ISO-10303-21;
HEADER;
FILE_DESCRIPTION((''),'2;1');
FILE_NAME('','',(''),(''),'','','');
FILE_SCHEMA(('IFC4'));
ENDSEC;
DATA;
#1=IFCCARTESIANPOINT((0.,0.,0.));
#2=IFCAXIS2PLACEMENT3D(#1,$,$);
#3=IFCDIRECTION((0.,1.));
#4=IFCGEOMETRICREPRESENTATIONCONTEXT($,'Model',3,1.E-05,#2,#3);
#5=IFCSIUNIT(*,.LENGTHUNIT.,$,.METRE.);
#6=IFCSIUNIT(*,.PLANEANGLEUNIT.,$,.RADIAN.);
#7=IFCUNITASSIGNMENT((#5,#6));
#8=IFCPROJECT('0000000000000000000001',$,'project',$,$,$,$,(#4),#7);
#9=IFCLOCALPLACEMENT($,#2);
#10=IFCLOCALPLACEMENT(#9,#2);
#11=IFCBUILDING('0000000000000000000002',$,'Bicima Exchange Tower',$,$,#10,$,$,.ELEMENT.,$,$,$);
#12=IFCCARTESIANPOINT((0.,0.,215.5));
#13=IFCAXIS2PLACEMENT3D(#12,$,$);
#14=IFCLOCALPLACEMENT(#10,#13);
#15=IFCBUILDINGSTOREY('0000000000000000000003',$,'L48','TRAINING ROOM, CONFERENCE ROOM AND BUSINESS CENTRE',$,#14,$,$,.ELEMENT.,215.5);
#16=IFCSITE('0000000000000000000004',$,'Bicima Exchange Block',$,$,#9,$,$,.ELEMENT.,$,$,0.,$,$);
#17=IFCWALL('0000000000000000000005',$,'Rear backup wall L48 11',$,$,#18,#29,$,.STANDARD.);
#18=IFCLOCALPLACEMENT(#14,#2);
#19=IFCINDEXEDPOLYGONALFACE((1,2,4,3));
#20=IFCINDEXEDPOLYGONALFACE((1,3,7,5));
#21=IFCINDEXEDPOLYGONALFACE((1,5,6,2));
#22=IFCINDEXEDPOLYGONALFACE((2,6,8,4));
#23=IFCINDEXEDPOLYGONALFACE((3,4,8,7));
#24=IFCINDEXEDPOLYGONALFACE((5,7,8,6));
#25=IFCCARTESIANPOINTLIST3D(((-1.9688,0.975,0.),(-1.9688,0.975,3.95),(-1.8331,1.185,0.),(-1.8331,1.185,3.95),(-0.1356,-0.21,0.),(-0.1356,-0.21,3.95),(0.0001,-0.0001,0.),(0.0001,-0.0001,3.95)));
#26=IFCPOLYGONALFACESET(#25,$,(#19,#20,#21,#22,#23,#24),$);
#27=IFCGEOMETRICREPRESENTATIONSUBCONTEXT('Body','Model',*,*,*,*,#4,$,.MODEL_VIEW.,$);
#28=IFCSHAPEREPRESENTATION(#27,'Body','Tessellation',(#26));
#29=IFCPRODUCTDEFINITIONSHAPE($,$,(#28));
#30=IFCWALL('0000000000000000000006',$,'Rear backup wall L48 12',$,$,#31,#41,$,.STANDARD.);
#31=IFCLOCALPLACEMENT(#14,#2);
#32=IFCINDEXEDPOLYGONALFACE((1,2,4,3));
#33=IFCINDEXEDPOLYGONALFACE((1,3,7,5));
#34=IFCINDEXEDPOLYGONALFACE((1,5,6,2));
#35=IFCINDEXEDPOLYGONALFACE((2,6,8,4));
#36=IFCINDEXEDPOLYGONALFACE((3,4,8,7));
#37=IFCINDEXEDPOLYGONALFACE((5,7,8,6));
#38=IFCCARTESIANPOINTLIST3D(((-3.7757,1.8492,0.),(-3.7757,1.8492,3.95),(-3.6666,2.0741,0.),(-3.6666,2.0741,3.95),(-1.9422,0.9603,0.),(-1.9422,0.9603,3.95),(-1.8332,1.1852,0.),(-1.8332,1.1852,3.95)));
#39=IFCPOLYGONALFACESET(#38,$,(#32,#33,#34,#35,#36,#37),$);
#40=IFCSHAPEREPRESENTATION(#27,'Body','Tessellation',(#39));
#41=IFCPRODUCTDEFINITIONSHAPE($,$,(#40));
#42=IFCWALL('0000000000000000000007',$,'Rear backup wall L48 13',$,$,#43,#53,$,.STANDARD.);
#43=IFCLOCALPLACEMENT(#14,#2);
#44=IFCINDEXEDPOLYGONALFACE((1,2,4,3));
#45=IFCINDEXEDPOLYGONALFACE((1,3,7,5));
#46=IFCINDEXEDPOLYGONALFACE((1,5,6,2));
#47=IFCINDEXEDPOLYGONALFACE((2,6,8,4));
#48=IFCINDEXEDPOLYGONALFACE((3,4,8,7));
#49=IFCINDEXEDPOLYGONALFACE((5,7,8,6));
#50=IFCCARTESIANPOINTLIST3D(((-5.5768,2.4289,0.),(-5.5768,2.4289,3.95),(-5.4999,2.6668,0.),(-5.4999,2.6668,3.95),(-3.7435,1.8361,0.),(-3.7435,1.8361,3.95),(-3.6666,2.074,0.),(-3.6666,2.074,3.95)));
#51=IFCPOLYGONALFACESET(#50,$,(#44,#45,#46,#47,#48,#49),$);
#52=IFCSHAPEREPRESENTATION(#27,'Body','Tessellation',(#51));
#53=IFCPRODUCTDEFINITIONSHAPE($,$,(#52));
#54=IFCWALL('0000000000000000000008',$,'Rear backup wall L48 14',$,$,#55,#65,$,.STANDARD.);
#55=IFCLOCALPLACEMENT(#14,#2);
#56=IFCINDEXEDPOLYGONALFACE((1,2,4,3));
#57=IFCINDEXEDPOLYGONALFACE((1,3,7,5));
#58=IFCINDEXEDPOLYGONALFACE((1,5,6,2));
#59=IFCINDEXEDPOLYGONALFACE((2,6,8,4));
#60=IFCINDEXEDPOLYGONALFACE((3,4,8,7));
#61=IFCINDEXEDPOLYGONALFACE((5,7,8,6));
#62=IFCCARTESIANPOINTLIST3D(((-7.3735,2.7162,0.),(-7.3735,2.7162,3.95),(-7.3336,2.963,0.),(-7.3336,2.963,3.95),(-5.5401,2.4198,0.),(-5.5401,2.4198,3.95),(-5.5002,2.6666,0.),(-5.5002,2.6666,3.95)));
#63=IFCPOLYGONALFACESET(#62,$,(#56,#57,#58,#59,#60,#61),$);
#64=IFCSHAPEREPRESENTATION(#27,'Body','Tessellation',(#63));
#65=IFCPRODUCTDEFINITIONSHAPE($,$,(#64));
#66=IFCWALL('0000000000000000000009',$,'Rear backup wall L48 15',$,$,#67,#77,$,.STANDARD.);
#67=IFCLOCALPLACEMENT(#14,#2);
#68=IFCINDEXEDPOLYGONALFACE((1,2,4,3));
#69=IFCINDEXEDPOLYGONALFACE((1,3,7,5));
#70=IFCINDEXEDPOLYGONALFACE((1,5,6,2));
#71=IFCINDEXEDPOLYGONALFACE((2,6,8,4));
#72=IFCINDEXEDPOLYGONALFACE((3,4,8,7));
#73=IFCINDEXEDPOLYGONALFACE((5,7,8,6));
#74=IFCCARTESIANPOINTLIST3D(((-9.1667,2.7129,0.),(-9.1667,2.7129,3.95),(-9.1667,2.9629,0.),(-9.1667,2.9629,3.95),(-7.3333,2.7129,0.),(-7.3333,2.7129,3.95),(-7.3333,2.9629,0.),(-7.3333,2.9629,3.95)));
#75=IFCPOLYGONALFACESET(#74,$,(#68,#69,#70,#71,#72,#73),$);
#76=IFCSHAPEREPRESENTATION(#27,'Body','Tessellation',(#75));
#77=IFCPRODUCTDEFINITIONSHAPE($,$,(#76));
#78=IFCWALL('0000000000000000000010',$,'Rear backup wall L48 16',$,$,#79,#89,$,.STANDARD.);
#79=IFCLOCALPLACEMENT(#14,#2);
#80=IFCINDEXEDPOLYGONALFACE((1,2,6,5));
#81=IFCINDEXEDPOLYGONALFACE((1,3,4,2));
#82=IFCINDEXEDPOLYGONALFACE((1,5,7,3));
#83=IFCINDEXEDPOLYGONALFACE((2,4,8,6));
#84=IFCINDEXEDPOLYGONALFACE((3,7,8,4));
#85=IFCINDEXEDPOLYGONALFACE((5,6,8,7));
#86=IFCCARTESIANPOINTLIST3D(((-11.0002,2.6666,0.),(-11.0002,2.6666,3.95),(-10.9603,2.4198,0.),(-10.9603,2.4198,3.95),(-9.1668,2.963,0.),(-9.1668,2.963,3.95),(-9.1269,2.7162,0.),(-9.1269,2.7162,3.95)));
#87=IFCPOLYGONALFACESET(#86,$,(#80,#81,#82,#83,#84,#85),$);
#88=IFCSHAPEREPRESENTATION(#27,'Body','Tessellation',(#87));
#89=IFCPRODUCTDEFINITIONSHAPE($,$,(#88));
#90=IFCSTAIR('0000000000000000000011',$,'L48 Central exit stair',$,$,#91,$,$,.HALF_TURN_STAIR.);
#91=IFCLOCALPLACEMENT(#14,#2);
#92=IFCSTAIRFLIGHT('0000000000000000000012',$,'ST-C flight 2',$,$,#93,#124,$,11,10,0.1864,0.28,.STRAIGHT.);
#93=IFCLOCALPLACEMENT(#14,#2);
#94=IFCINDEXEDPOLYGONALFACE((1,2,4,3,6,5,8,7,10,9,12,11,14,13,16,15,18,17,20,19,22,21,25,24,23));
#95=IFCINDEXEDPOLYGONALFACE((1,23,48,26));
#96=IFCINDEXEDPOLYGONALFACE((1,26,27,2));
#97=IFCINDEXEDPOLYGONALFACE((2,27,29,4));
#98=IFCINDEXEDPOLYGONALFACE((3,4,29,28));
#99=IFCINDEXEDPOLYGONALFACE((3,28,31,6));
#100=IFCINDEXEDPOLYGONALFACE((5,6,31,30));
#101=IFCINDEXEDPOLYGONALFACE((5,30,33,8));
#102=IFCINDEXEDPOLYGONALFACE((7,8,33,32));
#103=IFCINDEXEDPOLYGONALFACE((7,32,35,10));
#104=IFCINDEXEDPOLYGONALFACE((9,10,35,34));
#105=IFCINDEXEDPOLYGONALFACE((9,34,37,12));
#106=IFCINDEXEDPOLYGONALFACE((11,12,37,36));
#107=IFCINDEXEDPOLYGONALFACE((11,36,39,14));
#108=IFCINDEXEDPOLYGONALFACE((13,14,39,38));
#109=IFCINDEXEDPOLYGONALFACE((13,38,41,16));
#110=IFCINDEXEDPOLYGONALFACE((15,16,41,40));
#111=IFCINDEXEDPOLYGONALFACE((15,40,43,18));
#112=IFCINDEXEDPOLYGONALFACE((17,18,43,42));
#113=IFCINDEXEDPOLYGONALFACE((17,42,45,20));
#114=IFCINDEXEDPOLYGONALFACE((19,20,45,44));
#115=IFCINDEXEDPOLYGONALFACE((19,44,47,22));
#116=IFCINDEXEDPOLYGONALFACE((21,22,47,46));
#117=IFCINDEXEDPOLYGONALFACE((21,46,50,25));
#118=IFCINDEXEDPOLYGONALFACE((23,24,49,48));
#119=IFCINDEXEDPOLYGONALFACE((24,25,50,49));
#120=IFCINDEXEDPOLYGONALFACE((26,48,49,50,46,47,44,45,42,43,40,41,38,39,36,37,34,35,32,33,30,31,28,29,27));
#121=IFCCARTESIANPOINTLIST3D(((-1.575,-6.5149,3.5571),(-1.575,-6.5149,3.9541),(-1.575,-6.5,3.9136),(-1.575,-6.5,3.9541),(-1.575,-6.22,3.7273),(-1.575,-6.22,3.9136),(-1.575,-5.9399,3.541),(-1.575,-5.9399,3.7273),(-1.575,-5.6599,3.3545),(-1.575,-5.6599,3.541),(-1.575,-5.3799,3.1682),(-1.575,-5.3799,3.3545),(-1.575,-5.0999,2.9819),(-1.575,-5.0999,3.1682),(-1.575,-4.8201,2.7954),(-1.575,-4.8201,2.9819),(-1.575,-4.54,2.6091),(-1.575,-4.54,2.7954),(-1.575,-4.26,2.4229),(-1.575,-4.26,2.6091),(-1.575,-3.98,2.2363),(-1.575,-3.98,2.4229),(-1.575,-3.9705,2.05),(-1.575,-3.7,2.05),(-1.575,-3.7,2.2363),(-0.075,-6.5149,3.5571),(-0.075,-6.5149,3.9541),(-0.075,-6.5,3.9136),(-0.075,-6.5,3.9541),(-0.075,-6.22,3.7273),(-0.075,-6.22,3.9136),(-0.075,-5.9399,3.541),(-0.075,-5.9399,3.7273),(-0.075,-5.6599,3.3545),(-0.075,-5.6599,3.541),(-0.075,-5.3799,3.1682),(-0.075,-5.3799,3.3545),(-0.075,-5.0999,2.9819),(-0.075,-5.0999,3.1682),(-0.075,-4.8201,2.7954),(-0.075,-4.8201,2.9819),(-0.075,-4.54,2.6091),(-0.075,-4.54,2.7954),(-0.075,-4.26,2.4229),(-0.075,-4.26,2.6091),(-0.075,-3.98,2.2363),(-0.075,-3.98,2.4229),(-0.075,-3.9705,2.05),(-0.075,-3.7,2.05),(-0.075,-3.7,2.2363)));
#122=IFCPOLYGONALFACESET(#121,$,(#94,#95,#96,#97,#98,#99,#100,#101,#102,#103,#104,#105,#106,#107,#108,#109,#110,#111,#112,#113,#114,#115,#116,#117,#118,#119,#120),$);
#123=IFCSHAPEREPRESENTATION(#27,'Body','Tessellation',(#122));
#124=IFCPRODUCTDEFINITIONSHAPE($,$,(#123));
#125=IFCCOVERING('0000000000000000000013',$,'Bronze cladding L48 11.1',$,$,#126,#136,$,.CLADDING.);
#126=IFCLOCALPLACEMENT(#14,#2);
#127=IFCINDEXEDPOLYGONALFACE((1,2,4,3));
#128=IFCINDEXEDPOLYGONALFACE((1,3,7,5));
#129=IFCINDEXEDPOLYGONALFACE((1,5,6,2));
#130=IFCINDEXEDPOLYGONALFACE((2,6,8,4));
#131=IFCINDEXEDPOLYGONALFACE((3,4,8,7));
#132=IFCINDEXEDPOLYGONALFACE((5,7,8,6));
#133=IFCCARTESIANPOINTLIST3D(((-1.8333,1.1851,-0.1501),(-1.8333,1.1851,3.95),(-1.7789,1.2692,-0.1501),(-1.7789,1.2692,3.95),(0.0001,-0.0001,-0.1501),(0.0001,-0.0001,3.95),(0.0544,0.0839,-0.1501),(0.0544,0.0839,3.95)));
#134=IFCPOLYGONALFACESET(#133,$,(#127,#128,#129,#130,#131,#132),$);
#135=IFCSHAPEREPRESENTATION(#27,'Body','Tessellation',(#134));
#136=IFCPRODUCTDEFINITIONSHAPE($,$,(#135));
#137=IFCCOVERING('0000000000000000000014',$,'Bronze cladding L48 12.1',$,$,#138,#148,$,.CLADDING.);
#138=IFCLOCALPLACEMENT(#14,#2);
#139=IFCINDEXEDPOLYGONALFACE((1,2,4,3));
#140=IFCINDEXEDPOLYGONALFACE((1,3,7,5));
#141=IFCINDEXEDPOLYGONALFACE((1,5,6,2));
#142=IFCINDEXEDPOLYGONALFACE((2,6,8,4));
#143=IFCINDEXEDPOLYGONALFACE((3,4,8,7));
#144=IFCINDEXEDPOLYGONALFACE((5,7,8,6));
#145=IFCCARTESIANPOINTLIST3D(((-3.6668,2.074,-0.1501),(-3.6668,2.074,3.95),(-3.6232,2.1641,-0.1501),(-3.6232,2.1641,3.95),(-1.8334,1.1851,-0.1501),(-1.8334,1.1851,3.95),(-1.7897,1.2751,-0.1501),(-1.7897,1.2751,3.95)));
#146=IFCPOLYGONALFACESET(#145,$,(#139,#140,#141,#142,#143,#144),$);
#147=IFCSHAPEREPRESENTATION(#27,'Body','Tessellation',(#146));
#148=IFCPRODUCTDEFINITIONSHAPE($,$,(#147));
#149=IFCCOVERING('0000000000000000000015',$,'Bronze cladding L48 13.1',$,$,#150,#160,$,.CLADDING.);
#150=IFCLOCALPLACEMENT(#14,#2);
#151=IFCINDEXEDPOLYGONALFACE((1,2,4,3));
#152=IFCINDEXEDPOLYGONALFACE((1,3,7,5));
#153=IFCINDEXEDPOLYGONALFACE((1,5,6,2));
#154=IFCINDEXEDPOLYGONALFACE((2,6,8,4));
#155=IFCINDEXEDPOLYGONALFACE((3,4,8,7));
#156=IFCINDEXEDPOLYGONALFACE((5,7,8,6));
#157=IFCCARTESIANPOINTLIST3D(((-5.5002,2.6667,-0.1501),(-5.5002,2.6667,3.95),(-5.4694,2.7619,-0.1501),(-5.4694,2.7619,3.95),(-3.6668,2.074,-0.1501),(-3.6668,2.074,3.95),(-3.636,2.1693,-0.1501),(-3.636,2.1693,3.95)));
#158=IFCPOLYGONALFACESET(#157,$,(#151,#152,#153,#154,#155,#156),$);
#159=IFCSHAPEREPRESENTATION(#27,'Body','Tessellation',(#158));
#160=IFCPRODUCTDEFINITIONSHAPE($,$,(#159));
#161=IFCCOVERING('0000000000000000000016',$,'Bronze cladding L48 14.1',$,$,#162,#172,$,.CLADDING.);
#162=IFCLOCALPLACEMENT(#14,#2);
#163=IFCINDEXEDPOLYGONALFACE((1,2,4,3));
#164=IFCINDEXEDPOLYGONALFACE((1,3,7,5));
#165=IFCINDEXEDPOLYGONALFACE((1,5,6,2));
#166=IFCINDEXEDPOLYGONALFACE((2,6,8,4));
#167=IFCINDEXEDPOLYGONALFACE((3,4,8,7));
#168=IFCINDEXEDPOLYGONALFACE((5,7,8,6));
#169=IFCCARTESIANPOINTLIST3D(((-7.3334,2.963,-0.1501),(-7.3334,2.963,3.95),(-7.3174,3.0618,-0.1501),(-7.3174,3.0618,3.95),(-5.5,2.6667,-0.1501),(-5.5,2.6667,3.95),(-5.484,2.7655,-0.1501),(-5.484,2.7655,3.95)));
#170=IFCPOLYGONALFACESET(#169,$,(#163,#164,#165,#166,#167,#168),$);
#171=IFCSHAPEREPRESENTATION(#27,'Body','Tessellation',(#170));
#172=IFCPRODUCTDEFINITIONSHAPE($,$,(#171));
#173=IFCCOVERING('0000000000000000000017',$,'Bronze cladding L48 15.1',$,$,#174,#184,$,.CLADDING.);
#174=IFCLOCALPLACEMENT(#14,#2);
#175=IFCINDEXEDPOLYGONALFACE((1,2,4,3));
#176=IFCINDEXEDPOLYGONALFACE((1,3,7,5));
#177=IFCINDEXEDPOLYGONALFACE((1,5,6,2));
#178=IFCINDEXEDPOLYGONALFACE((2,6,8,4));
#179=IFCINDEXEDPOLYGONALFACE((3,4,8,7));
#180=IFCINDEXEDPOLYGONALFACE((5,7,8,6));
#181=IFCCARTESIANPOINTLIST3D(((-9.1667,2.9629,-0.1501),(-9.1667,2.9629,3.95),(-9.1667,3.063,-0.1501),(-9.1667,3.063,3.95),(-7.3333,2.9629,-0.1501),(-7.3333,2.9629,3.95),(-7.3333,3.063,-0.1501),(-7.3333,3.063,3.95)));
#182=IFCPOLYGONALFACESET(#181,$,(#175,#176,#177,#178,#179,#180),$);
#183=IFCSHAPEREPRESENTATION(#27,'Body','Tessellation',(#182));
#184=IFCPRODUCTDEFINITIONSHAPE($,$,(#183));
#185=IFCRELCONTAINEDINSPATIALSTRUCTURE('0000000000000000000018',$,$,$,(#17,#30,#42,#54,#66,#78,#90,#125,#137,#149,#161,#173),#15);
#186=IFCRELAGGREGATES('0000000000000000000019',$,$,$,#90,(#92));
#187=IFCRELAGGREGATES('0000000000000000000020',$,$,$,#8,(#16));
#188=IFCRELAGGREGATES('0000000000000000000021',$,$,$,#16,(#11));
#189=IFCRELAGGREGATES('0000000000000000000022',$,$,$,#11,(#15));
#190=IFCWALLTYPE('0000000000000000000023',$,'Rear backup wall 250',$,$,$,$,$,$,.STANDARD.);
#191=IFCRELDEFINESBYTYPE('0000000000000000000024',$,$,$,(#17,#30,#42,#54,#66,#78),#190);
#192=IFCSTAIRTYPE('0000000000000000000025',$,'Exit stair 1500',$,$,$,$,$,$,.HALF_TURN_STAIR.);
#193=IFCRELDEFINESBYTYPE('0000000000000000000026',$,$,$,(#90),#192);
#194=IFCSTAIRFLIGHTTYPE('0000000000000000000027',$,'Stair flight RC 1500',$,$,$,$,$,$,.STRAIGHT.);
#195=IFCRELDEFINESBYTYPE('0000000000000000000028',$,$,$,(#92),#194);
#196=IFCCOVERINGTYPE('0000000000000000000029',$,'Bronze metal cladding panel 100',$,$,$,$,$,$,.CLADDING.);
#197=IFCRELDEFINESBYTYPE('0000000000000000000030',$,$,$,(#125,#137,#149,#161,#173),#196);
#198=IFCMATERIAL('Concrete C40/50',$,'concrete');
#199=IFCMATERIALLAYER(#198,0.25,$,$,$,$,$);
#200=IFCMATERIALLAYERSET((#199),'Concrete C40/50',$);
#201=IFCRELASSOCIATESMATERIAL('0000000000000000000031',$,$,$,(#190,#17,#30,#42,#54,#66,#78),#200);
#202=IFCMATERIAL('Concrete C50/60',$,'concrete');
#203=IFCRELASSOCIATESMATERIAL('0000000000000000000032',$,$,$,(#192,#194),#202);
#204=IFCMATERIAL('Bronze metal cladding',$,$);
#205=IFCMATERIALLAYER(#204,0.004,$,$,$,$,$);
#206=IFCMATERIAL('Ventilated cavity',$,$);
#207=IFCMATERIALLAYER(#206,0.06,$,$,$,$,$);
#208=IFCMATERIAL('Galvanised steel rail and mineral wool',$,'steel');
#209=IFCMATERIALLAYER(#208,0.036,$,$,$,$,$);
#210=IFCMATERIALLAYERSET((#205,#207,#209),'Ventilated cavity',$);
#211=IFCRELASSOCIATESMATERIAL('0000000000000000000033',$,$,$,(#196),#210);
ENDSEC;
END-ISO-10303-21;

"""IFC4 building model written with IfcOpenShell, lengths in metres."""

from ifc_helpers import new_model, si_unit, direction, frame, frame_2d, origin, origin_2d, place, context, subcontext, project, spatial, polyline, rectangle, outline, extrude, material, layer, layer_set, layer_usage, type_object, element, aggregate, save


model = new_model("IFC4")

# Units and contexts
model_context = context("Model", 3, precision=1e-05, world=origin(), true_north=direction((0.0, 1.0)))
body_context = subcontext(model_context, "Body", "Model", "MODEL_VIEW")
ifc_project = project(units=[si_unit("LENGTHUNIT", "METRE"), si_unit("PLANEANGLEUNIT", "RADIAN")], contexts=[model_context])

# Site, building, storey
site_placement = place(None, origin())
site = spatial("IfcSite", under=ifc_project, at=site_placement, Name="Bicima Exchange Block", CompositionType="ELEMENT", RefElevation=0.0)
building_placement = place(site_placement, origin())
building = spatial("IfcBuilding", under=site, at=building_placement, Name="Bicima Exchange Tower", CompositionType="ELEMENT")
storey_placement = place(building_placement, frame((0.0, 0.0, 215.5)))
storey = spatial("IfcBuildingStorey", under=building, at=storey_placement, Name="L48", Description="TRAINING ROOM, CONFERENCE ROOM AND BUSINESS CENTRE", CompositionType="ELEMENT", Elevation=215.5)

# Shared definitions
ifc_material_1 = material(Name="Concrete C50/60", Category="concrete")

# Walls
ifc_material_2 = material(Name="Concrete C40/50", Category="concrete")
ifc_layer_1 = layer(ifc_material_2, 0.25)
ifc_layer_set_1 = layer_set([ifc_layer_1], Name="Concrete C40/50")
ifc_layer_usage = layer_usage(ifc_layer_set_1, "AXIS2", "POSITIVE", -0.125)
wall_type_1 = type_object("IfcWallType", Name="Rear backup wall 250", PredefinedType="STANDARD", material=ifc_layer_set_1)
wall_1_placement = place(storey_placement, frame((-0.0679, -0.105, 0.0), z_axis=(0.0, 0.0, 1.0), x_axis=(-0.839813, 0.542876, 0.0)))
element("IfcWall", 1, at=wall_1_placement, inside=storey, type_object=wall_type_1, material=ifc_layer_usage, Name="Rear backup wall L48 11", PredefinedType="STANDARD", context=body_context, shape_type="SweptSolid", body=[
    extrude(rectangle(XDim=2.1829, YDim=0.25, at=frame_2d((1.0913, 0.0))), origin(), (0.0, 0.0, 1.0), 3.95),
])
wall_2_placement = place(storey_placement, frame((-1.8877, 1.0728, 0.0), z_axis=(0.0, 0.0, 1.0), x_axis=(-0.899824, 0.436253, 0.0)))
element("IfcWall", 2, at=wall_2_placement, inside=storey, type_object=wall_type_1, material=ifc_layer_usage, Name="Rear backup wall L48 12", PredefinedType="STANDARD", context=body_context, shape_type="SweptSolid", body=[
    extrude(rectangle(XDim=2.0376, YDim=0.25, at=frame_2d((1.0188, 0.0))), origin(), (0.0, 0.0, 1.0), 3.95),
])
wall_3_placement = place(storey_placement, frame((-3.7051, 1.9551, 0.0), z_axis=(0.0, 0.0, 1.0), x_axis=(-0.951496, 0.307662, 0.0)))
element("IfcWall", 3, at=wall_3_placement, inside=storey, type_object=wall_type_1, material=ifc_layer_usage, Name="Rear backup wall L48 13", PredefinedType="STANDARD", context=body_context, shape_type="SweptSolid", body=[
    extrude(rectangle(XDim=1.9268, YDim=0.25, at=frame_2d((0.9634, 0.0))), origin(), (0.0, 0.0, 1.0), 3.95),
])
wall_4_placement = place(storey_placement, frame((-5.52, 2.5432, 0.0), z_axis=(0.0, 0.0, 1.0), x_axis=(-0.987182, 0.1596, 0.0)))
element("IfcWall", 4, at=wall_4_placement, inside=storey, type_object=wall_type_1, material=ifc_layer_usage, Name="Rear backup wall L48 14", PredefinedType="STANDARD", context=body_context, shape_type="SweptSolid", body=[
    extrude(rectangle(XDim=1.8572, YDim=0.25, at=frame_2d((0.9287, 0.0))), origin(), (0.0, 0.0, 1.0), 3.95),
])
wall_5_placement = place(storey_placement, frame((-7.3333, 2.8379, 0.0), z_axis=(0.0, 0.0, 1.0), x_axis=(-1.0, 0.0, 0.0)))
element("IfcWall", 5, at=wall_5_placement, inside=storey, type_object=wall_type_1, material=ifc_layer_usage, Name="Rear backup wall L48 15", PredefinedType="STANDARD", context=body_context, shape_type="SweptSolid", body=[
    extrude(rectangle(XDim=1.8335, YDim=0.25, at=frame_2d((0.9167, 0.0))), origin(), (0.0, 0.0, 1.0), 3.95),
])
wall_6_placement = place(storey_placement, frame((-9.1467, 2.8396, 0.0), z_axis=(0.0, 0.0, 1.0), x_axis=(-0.987182, -0.1596, 0.0)))
element("IfcWall", 6, at=wall_6_placement, inside=storey, type_object=wall_type_1, material=ifc_layer_usage, Name="Rear backup wall L48 16", PredefinedType="STANDARD", context=body_context, shape_type="SweptSolid", body=[
    extrude(rectangle(XDim=1.8572, YDim=0.25, at=frame_2d((0.9287, 0.0))), origin(), (0.0, 0.0, 1.0), 3.95),
])

# Stair, stair flight
stair_type = type_object("IfcStairType", Name="Exit stair 1500", PredefinedType="HALF_TURN_STAIR", material=ifc_material_1)
stair_placement = place(storey_placement, origin())
stair = element("IfcStair", 7, at=stair_placement, inside=storey, type_object=stair_type, Name="L48 Central exit stair", PredefinedType="HALF_TURN_STAIR")
stair_flight_type = type_object("IfcStairFlightType", Name="Stair flight RC 1500", PredefinedType="STRAIGHT", material=ifc_material_1)
stair_flight_placement = place(storey_placement, frame((-0.825, -3.7, 2.05), z_axis=(0.0, 0.0, 1.0), x_axis=(0.0, -1.0, 0.0)))
stair_flight = element("IfcStairFlight", 8, at=stair_flight_placement, type_object=stair_flight_type, Name="ST-C flight 2", NumberOfRisers=11, NumberOfTreads=10, PredefinedType="STRAIGHT", RiserHeight=0.1864, TreadLength=0.28, context=body_context, shape_type="SweptSolid", body=[
    extrude(outline(polyline([(0.0, 0.0), (0.0, 0.1863), (0.28, 0.1863), (0.28, 0.3728), (0.5601, 0.3728), (0.5601, 0.5591), (0.8401, 0.5591), (0.8401, 0.7454), (1.1201, 0.7454), (1.1201, 0.9319), (1.3999, 0.9319), (1.3999, 1.1182), (1.6799, 1.1182), (1.6799, 1.3044), (1.96, 1.3044), (1.96, 1.491), (2.24, 1.491), (2.24, 1.6772), (2.52, 1.6772), (2.52, 1.8635), (2.8, 1.8635), (2.8, 1.9041), (2.8149, 1.9041), (2.8149, 1.5071), (0.2705, 0.0), (0.0, 0.0)])), frame((0.0, 0.75, 0.0), z_axis=(0.0, -1.0, 0.0), x_axis=(1.0, 0.0, 0.0)), (0.0, 0.0, 1.0), 1.5),
])
aggregate(stair, [stair_flight])

# Coverings
ifc_material_3 = material(Name="Bronze metal cladding")
ifc_layer_2 = layer(ifc_material_3, 0.004)
ifc_material_4 = material(Name="Ventilated cavity")
ifc_layer_3 = layer(ifc_material_4, 0.06)
ifc_material_5 = material(Name="Galvanised steel rail and mineral wool", Category="steel")
ifc_layer_4 = layer(ifc_material_5, 0.036)
ifc_layer_set_2 = layer_set([ifc_layer_2, ifc_layer_3, ifc_layer_4], Name="Ventilated cavity")
covering_type = type_object("IfcCoveringType", Name="Bronze metal cladding panel 100", PredefinedType="CLADDING", material=ifc_layer_set_2)
covering_1_placement = place(storey_placement, frame((-0.8894, 0.6345, -0.1501), z_axis=(0.0, 0.0, 1.0), x_axis=(-0.83979, 0.542911, 0.0)))
element("IfcCovering", 9, at=covering_1_placement, inside=storey, type_object=covering_type, Name="Bronze cladding L48 11.1", PredefinedType="CLADDING", context=body_context, shape_type="SweptSolid", body=[
    extrude(rectangle(XDim=2.1831, YDim=0.1001, at=origin_2d()), origin(), (0.0, 0.0, 1.0), 4.1001),
])
covering_2_placement = place(storey_placement, frame((-2.7283, 1.6746, -0.1501), z_axis=(0.0, 0.0, 1.0), x_axis=(-0.899818, 0.436265, 0.0)))
element("IfcCovering", 10, at=covering_2_placement, inside=storey, type_object=covering_type, Name="Bronze cladding L48 12.1", PredefinedType="CLADDING", context=body_context, shape_type="SweptSolid", body=[
    extrude(rectangle(XDim=2.0376, YDim=0.1001, at=origin_2d()), origin(), (0.0, 0.0, 1.0), 4.1001),
])
covering_3_placement = place(storey_placement, frame((-4.5681, 2.418, -0.1501), z_axis=(0.0, 0.0, 1.0), x_axis=(-0.951525, 0.307573, 0.0)))
element("IfcCovering", 11, at=covering_3_placement, inside=storey, type_object=covering_type, Name="Bronze cladding L48 13.1", PredefinedType="CLADDING", context=body_context, shape_type="SweptSolid", body=[
    extrude(rectangle(XDim=1.9268, YDim=0.1001, at=origin_2d()), origin(), (0.0, 0.0, 1.0), 4.1001),
])
covering_4_placement = place(storey_placement, frame((-6.4087, 2.8643, -0.1501), z_axis=(0.0, 0.0, 1.0), x_axis=(-0.98719, 0.15955, 0.0)))
element("IfcCovering", 12, at=covering_4_placement, inside=storey, type_object=covering_type, Name="Bronze cladding L48 14.1", PredefinedType="CLADDING", context=body_context, shape_type="SweptSolid", body=[
    extrude(rectangle(XDim=1.8572, YDim=0.1001, at=origin_2d()), origin(), (0.0, 0.0, 1.0), 4.1001),
])
covering_5_placement = place(storey_placement, frame((-8.25, 3.0129, -0.1501), z_axis=(0.0, 0.0, 1.0), x_axis=(-1.0, 0.0, 0.0)))
element("IfcCovering", 13, at=covering_5_placement, inside=storey, type_object=covering_type, Name="Bronze cladding L48 15.1", PredefinedType="CLADDING", context=body_context, shape_type="SweptSolid", body=[
    extrude(rectangle(XDim=1.8335, YDim=0.1001, at=origin_2d()), origin(), (0.0, 0.0, 1.0), 4.1001),
])

save(model, "model.ifc")
